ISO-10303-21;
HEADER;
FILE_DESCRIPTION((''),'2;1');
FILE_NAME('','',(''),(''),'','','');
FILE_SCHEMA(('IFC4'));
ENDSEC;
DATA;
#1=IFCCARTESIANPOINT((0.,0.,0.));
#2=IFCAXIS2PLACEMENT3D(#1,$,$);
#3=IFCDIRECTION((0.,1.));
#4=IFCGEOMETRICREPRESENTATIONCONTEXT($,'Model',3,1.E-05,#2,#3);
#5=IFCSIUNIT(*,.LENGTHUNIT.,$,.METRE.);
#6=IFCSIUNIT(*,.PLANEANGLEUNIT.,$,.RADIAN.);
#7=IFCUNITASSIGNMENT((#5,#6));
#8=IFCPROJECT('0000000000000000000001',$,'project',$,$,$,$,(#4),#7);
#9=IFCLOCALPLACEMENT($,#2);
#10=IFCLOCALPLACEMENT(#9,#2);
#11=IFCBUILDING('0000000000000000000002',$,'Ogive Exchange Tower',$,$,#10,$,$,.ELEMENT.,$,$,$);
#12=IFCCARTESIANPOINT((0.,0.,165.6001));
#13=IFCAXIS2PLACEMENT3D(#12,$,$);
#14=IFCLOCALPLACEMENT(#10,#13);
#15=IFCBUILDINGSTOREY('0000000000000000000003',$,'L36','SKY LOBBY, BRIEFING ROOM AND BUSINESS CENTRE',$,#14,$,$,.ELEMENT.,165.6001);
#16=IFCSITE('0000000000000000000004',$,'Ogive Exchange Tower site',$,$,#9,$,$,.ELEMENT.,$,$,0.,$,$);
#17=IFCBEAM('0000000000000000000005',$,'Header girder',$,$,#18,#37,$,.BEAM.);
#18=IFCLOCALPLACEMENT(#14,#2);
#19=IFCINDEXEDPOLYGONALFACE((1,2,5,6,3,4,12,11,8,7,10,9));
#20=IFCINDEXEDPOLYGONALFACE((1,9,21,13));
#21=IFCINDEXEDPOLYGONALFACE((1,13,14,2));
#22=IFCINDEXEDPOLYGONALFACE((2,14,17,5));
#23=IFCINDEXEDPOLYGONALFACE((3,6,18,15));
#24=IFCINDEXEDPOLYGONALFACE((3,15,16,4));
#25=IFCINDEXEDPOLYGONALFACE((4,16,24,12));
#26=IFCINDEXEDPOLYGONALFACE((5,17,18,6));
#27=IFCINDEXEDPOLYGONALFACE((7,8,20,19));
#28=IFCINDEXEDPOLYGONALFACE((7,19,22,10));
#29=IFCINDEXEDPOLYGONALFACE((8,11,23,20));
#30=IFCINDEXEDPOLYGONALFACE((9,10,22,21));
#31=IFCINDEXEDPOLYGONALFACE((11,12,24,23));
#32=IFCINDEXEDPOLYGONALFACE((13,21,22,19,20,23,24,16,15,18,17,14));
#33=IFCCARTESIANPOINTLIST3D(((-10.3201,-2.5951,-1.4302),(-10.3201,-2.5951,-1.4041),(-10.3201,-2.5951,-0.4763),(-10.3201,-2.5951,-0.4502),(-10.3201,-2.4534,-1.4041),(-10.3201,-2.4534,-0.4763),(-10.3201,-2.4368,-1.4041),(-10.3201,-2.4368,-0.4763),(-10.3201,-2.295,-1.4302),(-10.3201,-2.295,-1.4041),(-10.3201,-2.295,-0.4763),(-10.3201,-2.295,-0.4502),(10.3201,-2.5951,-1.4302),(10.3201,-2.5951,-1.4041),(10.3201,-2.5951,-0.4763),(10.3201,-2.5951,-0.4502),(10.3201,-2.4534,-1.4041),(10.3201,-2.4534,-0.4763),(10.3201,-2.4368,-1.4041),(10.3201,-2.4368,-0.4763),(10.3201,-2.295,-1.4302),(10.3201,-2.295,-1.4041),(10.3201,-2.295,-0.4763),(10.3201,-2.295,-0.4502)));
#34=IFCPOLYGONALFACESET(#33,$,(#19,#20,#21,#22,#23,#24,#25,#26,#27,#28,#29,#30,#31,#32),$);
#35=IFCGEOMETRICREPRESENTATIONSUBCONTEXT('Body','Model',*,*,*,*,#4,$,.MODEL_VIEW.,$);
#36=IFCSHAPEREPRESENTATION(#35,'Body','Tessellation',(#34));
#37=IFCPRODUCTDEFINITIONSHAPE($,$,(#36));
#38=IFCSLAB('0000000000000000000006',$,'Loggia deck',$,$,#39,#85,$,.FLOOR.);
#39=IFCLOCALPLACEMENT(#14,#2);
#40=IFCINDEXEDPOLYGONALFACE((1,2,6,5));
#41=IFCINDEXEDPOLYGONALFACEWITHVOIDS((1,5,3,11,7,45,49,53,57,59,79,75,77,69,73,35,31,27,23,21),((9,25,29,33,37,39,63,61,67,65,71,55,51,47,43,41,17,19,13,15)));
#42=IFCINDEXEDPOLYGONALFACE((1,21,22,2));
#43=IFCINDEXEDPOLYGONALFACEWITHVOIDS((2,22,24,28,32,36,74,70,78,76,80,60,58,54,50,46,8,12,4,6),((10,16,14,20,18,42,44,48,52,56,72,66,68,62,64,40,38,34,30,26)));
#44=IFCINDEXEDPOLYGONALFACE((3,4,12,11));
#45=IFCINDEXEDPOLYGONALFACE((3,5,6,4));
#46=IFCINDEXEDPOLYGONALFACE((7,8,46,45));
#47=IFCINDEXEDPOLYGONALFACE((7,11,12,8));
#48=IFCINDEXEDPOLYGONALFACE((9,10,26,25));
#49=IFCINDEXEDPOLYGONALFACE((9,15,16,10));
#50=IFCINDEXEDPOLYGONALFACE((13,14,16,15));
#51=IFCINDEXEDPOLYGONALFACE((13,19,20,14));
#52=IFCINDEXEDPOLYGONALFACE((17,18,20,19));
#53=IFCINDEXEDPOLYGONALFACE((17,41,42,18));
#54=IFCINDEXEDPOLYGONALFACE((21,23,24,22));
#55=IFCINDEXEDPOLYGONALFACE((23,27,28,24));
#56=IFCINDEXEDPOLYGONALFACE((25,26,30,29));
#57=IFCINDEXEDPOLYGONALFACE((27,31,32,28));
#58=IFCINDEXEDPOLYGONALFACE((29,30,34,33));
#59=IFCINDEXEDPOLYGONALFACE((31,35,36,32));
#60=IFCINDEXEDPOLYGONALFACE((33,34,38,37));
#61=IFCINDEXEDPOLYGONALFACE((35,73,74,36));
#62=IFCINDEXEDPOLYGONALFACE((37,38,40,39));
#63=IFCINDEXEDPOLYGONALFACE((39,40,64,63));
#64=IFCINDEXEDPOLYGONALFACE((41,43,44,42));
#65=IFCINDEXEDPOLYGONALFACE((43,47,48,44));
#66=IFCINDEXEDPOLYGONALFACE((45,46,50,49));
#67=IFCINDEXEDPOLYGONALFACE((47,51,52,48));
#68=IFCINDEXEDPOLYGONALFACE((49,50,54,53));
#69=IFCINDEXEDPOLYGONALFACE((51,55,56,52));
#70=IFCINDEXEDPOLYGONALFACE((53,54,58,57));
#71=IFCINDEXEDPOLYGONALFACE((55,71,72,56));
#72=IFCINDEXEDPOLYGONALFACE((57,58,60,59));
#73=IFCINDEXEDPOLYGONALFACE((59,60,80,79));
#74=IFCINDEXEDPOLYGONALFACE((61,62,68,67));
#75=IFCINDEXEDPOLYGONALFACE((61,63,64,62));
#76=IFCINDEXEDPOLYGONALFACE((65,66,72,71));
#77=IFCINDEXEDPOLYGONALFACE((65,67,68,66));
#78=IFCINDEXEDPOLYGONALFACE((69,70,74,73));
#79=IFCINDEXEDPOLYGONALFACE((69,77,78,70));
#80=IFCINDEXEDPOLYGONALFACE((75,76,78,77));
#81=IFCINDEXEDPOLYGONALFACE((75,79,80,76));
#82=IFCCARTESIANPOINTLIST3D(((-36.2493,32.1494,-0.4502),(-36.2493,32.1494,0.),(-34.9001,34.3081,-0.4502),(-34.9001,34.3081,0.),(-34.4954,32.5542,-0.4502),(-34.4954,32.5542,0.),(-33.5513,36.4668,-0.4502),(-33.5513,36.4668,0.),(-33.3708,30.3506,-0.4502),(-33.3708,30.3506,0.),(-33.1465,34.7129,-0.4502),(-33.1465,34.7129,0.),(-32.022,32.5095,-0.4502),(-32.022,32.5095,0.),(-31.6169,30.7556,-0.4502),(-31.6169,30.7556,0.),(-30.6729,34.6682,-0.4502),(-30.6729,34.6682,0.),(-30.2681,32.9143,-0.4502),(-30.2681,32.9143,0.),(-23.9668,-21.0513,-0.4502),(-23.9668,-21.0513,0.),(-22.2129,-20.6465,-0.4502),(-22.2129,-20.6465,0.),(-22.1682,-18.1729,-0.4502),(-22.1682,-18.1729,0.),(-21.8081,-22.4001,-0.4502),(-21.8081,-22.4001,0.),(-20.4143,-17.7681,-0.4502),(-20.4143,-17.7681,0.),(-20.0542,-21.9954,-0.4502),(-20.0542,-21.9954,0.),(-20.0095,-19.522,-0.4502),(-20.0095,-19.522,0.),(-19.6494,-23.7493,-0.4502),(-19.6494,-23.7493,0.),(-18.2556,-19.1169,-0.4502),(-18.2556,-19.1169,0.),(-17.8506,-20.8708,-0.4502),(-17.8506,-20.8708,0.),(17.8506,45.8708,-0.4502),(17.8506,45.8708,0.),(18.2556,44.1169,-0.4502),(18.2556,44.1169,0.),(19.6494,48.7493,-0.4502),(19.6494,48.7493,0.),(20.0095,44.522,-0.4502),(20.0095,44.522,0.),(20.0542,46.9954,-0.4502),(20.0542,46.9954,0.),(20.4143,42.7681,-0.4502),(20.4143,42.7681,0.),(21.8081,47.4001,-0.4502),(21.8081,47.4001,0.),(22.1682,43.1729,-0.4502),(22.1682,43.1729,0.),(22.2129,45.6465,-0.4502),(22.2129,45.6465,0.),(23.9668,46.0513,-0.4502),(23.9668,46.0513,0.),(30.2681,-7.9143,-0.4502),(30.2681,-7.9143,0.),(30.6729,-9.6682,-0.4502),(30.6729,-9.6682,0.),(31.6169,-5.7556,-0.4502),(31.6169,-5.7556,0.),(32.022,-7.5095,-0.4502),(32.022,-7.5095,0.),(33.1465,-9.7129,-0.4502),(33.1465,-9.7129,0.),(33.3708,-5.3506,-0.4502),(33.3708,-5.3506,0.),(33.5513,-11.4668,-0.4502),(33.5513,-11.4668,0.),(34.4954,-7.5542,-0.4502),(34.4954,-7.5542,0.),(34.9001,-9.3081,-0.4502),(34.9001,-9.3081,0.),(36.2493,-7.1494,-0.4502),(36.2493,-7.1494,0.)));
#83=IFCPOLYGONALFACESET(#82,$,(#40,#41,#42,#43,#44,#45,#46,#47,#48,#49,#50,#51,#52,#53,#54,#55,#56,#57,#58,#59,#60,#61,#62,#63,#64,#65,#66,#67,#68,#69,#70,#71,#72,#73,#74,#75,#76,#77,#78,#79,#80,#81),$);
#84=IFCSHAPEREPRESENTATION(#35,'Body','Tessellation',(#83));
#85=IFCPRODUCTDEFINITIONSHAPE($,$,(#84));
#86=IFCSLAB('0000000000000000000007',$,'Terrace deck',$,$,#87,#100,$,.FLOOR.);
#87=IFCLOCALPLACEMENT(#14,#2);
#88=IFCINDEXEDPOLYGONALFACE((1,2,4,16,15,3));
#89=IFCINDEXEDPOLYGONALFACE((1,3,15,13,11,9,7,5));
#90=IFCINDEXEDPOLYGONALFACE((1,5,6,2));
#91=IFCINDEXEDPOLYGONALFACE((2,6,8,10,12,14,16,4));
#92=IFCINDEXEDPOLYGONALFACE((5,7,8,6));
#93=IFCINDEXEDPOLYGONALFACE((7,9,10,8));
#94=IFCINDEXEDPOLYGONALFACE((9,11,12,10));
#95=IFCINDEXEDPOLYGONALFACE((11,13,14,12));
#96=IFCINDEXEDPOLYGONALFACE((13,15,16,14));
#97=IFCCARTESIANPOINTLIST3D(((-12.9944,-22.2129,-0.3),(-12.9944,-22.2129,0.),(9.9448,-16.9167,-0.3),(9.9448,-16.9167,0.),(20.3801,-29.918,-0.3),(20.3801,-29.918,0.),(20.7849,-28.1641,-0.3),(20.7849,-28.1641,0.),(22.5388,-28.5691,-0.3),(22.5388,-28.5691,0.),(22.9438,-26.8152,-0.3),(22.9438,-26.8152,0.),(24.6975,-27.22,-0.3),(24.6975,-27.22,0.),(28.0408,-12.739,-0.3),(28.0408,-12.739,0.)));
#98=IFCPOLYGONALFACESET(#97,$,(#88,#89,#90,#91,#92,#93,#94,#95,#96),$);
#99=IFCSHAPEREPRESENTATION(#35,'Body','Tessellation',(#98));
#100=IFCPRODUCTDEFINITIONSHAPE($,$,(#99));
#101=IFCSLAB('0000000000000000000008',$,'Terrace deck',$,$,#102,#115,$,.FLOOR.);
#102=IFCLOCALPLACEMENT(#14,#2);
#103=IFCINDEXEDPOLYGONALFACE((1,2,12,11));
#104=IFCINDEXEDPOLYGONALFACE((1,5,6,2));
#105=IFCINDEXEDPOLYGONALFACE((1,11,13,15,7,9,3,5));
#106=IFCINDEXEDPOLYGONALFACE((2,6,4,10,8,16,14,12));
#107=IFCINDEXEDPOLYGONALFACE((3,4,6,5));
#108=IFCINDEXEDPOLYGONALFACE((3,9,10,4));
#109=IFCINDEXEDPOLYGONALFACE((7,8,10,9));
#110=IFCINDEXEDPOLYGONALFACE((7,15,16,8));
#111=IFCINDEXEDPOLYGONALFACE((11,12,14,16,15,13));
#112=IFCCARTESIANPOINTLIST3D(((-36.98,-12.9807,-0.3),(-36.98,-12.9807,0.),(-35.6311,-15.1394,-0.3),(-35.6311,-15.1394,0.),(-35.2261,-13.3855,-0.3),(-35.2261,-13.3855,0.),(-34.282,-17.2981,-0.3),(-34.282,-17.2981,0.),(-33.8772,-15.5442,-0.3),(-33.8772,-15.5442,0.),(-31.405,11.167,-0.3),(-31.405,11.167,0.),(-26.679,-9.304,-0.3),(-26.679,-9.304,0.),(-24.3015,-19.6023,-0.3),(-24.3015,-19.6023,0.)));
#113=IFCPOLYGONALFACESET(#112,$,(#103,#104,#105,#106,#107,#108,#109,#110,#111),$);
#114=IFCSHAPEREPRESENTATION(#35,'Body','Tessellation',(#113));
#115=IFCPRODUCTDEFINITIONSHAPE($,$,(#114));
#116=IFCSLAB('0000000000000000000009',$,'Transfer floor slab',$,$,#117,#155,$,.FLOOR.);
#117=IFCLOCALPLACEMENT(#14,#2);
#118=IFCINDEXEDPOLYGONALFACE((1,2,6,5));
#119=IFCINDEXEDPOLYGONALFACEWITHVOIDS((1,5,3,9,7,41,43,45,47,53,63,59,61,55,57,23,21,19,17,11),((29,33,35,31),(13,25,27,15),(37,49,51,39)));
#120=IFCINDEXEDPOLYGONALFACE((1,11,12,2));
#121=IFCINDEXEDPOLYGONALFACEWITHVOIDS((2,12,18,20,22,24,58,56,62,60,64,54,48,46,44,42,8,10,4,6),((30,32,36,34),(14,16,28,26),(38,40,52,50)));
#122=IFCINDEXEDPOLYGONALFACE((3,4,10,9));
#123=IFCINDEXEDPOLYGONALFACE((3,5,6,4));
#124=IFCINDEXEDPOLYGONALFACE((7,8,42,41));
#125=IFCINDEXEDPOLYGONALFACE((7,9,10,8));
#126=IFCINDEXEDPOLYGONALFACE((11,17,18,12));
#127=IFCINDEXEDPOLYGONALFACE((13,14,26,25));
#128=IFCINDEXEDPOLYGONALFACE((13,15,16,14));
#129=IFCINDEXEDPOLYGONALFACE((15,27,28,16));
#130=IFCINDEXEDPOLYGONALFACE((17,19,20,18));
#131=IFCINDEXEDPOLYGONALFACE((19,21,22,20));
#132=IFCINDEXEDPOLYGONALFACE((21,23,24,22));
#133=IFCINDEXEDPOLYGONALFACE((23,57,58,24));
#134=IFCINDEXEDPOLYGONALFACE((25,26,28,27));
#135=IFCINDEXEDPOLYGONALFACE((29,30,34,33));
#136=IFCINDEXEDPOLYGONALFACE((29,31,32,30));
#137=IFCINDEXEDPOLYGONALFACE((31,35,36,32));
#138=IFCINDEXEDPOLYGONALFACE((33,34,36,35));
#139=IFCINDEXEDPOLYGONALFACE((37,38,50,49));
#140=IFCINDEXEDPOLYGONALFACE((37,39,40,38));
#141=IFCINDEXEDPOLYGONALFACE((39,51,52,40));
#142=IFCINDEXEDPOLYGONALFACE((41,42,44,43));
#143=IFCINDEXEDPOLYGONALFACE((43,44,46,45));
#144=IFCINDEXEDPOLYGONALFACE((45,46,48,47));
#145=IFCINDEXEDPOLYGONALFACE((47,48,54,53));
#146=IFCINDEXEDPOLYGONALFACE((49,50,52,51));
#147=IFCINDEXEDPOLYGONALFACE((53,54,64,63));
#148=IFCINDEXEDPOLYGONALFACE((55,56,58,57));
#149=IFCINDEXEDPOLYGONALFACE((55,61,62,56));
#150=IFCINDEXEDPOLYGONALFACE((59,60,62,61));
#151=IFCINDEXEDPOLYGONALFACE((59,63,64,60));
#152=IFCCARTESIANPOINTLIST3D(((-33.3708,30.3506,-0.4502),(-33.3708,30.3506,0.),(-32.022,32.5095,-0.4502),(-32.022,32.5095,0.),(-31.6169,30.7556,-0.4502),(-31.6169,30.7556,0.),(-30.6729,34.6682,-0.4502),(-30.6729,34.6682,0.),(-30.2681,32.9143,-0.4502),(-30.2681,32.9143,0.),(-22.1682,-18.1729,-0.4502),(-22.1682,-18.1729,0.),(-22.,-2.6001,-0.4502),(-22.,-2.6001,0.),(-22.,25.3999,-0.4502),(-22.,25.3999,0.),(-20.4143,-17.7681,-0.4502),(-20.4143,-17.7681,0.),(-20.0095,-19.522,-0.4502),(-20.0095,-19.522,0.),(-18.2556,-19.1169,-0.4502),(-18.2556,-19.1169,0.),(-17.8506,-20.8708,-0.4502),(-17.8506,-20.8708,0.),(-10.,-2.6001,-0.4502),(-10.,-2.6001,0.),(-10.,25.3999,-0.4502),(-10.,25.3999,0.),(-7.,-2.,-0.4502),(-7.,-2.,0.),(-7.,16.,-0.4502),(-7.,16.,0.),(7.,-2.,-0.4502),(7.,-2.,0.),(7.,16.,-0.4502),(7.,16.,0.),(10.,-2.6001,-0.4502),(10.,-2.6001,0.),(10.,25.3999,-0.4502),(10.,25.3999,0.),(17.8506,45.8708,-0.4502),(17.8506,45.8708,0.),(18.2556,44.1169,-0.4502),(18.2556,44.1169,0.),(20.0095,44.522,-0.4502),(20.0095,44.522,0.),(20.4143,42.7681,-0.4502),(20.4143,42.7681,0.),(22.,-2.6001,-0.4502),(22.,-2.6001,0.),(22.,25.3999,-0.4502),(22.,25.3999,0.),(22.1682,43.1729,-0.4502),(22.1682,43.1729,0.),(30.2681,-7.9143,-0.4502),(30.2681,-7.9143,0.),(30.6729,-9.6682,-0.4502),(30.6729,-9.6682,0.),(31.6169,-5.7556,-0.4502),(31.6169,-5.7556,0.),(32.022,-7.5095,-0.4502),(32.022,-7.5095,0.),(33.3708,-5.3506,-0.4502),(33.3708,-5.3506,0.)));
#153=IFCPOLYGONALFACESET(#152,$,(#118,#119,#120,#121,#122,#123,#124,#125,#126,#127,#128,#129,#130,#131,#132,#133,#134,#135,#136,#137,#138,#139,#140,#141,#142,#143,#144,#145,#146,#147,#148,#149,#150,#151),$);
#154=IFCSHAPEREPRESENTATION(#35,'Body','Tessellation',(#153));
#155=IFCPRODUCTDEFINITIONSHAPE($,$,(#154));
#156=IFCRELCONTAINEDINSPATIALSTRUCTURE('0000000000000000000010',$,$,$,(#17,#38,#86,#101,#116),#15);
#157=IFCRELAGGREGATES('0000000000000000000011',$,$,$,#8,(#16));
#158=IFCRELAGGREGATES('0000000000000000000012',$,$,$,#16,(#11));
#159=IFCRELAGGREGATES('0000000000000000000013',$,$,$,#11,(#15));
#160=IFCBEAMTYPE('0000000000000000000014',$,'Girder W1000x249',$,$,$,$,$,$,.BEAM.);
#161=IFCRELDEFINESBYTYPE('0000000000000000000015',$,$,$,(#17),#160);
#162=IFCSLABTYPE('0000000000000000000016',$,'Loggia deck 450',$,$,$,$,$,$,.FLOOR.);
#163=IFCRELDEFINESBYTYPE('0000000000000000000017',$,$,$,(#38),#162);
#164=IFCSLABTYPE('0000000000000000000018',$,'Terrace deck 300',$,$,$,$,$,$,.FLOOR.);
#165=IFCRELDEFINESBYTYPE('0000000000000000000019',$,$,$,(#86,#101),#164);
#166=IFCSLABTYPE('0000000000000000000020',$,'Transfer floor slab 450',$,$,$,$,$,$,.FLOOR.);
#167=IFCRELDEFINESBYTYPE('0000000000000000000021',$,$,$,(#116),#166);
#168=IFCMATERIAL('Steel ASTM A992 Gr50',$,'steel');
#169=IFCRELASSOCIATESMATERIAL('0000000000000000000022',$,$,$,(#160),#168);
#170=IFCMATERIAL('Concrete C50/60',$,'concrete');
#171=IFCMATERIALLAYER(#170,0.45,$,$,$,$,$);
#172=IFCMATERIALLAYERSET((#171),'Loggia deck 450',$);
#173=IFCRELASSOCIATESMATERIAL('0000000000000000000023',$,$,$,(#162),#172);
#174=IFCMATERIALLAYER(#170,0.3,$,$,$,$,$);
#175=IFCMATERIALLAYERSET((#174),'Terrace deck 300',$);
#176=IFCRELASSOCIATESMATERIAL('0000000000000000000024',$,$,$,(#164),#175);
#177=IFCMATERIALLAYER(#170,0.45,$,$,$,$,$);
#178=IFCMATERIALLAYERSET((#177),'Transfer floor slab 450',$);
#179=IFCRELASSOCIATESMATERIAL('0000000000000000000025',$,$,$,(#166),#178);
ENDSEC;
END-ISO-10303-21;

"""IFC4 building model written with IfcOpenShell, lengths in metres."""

from ifc_helpers import new_model, si_unit, direction, frame, origin, origin_2d, place, context, subcontext, project, spatial, polyline, i_section, outline, extrude, material, layer, layer_set, material_profile, profile_set, type_object, element, save


model = new_model("IFC4")

# Units and contexts
model_context = context("Model", 3, precision=1e-05, world=origin(), true_north=direction((0.0, 1.0)))
body_context = subcontext(model_context, "Body", "Model", "MODEL_VIEW")
ifc_project = project(units=[si_unit("LENGTHUNIT", "METRE"), si_unit("PLANEANGLEUNIT", "RADIAN")], contexts=[model_context])

# Site, building, storey
site_placement = place(None, origin())
site = spatial("IfcSite", under=ifc_project, at=site_placement, Name="Ogive Exchange Tower site", CompositionType="ELEMENT", RefElevation=0.0)
building_placement = place(site_placement, origin())
building = spatial("IfcBuilding", under=site, at=building_placement, Name="Ogive Exchange Tower", CompositionType="ELEMENT")
storey_placement = place(building_placement, frame((0.0, 0.0, 165.6001)))
storey = spatial("IfcBuildingStorey", under=building, at=storey_placement, Name="L36", Description="SKY LOBBY, BRIEFING ROOM AND BUSINESS CENTRE", CompositionType="ELEMENT", Elevation=165.6001)

# Beam
ifc_material_1 = material(Name="Steel ASTM A992 Gr50", Category="steel")
ifc_material_profile = material_profile(ifc_material_1, i_section(OverallWidth=0.3, OverallDepth=0.98, WebThickness=0.0166, FlangeThickness=0.0261, at=origin_2d()), Name="W1000x249")
ifc_profile_set = profile_set([ifc_material_profile], Name="Steel ASTM A992 Gr50")
beam_type = type_object("IfcBeamType", Name="Girder W1000x249", PredefinedType="BEAM", material=ifc_profile_set)
beam_placement = place(storey_placement, frame((-10.3201, -2.4451, -0.9402), z_axis=(1.0, 0.0, 0.0), x_axis=(0.0, 1.0, 0.0)))
element("IfcBeam", 1, at=beam_placement, inside=storey, type_object=beam_type, Name="Header girder", PredefinedType="BEAM", context=body_context, shape_type="SweptSolid", body=[
    extrude(i_section(OverallWidth=0.3, OverallDepth=0.98, WebThickness=0.0166, FlangeThickness=0.0261, at=origin_2d()), origin(), (0.0, 0.0, 1.0), 20.6401),
])

# Slabs
ifc_material_2 = material(Name="Concrete C50/60", Category="concrete")
ifc_layer_1 = layer(ifc_material_2, 0.45)
ifc_layer_set_1 = layer_set([ifc_layer_1], Name="Loggia deck 450")
slab_type_1 = type_object("IfcSlabType", Name="Loggia deck 450", PredefinedType="FLOOR", material=ifc_layer_set_1)
slab_1_placement = place(storey_placement, frame((0.0, 0.0, -0.4502)))
element("IfcSlab", 2, at=slab_1_placement, inside=storey, type_object=slab_type_1, Name="Loggia deck", PredefinedType="FLOOR", context=body_context, shape_type="SweptSolid", body=[
    extrude(outline(polyline([(-21.8081, -22.4001), (-22.2129, -20.6465), (-23.9668, -21.0513), (-36.2493, 32.1494), (-34.4954, 32.5542), (-34.9001, 34.3081), (-33.1465, 34.7129), (-33.5513, 36.4668), (19.6494, 48.7493), (20.0542, 46.9954), (21.8081, 47.4001), (22.2129, 45.6465), (23.9668, 46.0513), (36.2493, -7.1494), (34.4954, -7.5542), (34.9001, -9.3081), (33.1465, -9.7129), (33.5513, -11.4668), (-19.6494, -23.7493), (-20.0542, -21.9954), (-21.8081, -22.4001)]), holes=[polyline([(30.2681, -7.9143), (32.022, -7.5095), (31.6169, -5.7556), (33.3708, -5.3506), (22.1682, 43.1729), (20.4143, 42.7681), (20.0095, 44.522), (18.2556, 44.1169), (17.8506, 45.8708), (-30.6729, 34.6682), (-30.2681, 32.9143), (-32.022, 32.5095), (-31.6169, 30.7556), (-33.3708, 30.3506), (-22.1682, -18.1729), (-20.4143, -17.7681), (-20.0095, -19.522), (-18.2556, -19.1169), (-17.8506, -20.8708), (30.6729, -9.6682), (30.2681, -7.9143)])]), origin(), (0.0, 0.0, 1.0), 0.4502),
])
ifc_layer_2 = layer(ifc_material_2, 0.3)
ifc_layer_set_2 = layer_set([ifc_layer_2], Name="Terrace deck 300")
slab_type_2 = type_object("IfcSlabType", Name="Terrace deck 300", PredefinedType="FLOOR", material=ifc_layer_set_2)
slab_2_placement = place(storey_placement, frame((0.0, 0.0, -0.3)))
element("IfcSlab", 3, at=slab_2_placement, inside=storey, type_object=slab_type_2, Name="Terrace deck", PredefinedType="FLOOR", context=body_context, shape_type="SweptSolid", body=[
    extrude(outline(polyline([(22.9438, -26.8152), (22.5388, -28.5691), (20.7849, -28.1641), (20.3801, -29.918), (-12.9944, -22.2129), (9.9448, -16.9167), (28.0408, -12.739), (24.6975, -27.22), (22.9438, -26.8152)])), origin(), (0.0, 0.0, 1.0), 0.3),
])
slab_3_placement = place(storey_placement, frame((0.0, 0.0, -0.3)))
element("IfcSlab", 4, at=slab_3_placement, inside=storey, type_object=slab_type_2, Name="Terrace deck", PredefinedType="FLOOR", context=body_context, shape_type="SweptSolid", body=[
    extrude(outline(polyline([(-33.8772, -15.5442), (-35.6311, -15.1394), (-35.2261, -13.3855), (-36.98, -12.9807), (-31.405, 11.167), (-26.679, -9.304), (-24.3015, -19.6023), (-34.282, -17.2981), (-33.8772, -15.5442)])), origin(), (0.0, 0.0, 1.0), 0.3),
])
ifc_layer_3 = layer(ifc_material_2, 0.45)
ifc_layer_set_3 = layer_set([ifc_layer_3], Name="Transfer floor slab 450")
slab_type_3 = type_object("IfcSlabType", Name="Transfer floor slab 450", PredefinedType="FLOOR", material=ifc_layer_set_3)
slab_4_placement = place(storey_placement, frame((0.0, 0.0, -0.4502)))
element("IfcSlab", 5, at=slab_4_placement, inside=storey, type_object=slab_type_3, Name="Transfer floor slab", PredefinedType="FLOOR", context=body_context, shape_type="SweptSolid", body=[
    extrude(outline(polyline([(-18.2556, -19.1169), (-20.0095, -19.522), (-20.4143, -17.7681), (-22.1682, -18.1729), (-33.3708, 30.3506), (-31.6169, 30.7556), (-32.022, 32.5095), (-30.2681, 32.9143), (-30.6729, 34.6682), (17.8506, 45.8708), (18.2556, 44.1169), (20.0095, 44.522), (20.4143, 42.7681), (22.1682, 43.1729), (33.3708, -5.3506), (31.6169, -5.7556), (32.022, -7.5095), (30.2681, -7.9143), (30.6729, -9.6682), (-17.8506, -20.8708), (-18.2556, -19.1169)]), holes=[polyline([(7.0, -2.0), (7.0, 16.0), (-7.0, 16.0), (-7.0, -2.0), (7.0, -2.0)]), polyline([(-22.0, -2.6001), (-10.0, -2.6001), (-10.0, 25.3999), (-22.0, 25.3999), (-22.0, -2.6001)]), polyline([(10.0, -2.6001), (22.0, -2.6001), (22.0, 25.3999), (10.0, 25.3999), (10.0, -2.6001)])]), origin(), (0.0, 0.0, 1.0), 0.4502),
])

save(model, "model.ifc")
